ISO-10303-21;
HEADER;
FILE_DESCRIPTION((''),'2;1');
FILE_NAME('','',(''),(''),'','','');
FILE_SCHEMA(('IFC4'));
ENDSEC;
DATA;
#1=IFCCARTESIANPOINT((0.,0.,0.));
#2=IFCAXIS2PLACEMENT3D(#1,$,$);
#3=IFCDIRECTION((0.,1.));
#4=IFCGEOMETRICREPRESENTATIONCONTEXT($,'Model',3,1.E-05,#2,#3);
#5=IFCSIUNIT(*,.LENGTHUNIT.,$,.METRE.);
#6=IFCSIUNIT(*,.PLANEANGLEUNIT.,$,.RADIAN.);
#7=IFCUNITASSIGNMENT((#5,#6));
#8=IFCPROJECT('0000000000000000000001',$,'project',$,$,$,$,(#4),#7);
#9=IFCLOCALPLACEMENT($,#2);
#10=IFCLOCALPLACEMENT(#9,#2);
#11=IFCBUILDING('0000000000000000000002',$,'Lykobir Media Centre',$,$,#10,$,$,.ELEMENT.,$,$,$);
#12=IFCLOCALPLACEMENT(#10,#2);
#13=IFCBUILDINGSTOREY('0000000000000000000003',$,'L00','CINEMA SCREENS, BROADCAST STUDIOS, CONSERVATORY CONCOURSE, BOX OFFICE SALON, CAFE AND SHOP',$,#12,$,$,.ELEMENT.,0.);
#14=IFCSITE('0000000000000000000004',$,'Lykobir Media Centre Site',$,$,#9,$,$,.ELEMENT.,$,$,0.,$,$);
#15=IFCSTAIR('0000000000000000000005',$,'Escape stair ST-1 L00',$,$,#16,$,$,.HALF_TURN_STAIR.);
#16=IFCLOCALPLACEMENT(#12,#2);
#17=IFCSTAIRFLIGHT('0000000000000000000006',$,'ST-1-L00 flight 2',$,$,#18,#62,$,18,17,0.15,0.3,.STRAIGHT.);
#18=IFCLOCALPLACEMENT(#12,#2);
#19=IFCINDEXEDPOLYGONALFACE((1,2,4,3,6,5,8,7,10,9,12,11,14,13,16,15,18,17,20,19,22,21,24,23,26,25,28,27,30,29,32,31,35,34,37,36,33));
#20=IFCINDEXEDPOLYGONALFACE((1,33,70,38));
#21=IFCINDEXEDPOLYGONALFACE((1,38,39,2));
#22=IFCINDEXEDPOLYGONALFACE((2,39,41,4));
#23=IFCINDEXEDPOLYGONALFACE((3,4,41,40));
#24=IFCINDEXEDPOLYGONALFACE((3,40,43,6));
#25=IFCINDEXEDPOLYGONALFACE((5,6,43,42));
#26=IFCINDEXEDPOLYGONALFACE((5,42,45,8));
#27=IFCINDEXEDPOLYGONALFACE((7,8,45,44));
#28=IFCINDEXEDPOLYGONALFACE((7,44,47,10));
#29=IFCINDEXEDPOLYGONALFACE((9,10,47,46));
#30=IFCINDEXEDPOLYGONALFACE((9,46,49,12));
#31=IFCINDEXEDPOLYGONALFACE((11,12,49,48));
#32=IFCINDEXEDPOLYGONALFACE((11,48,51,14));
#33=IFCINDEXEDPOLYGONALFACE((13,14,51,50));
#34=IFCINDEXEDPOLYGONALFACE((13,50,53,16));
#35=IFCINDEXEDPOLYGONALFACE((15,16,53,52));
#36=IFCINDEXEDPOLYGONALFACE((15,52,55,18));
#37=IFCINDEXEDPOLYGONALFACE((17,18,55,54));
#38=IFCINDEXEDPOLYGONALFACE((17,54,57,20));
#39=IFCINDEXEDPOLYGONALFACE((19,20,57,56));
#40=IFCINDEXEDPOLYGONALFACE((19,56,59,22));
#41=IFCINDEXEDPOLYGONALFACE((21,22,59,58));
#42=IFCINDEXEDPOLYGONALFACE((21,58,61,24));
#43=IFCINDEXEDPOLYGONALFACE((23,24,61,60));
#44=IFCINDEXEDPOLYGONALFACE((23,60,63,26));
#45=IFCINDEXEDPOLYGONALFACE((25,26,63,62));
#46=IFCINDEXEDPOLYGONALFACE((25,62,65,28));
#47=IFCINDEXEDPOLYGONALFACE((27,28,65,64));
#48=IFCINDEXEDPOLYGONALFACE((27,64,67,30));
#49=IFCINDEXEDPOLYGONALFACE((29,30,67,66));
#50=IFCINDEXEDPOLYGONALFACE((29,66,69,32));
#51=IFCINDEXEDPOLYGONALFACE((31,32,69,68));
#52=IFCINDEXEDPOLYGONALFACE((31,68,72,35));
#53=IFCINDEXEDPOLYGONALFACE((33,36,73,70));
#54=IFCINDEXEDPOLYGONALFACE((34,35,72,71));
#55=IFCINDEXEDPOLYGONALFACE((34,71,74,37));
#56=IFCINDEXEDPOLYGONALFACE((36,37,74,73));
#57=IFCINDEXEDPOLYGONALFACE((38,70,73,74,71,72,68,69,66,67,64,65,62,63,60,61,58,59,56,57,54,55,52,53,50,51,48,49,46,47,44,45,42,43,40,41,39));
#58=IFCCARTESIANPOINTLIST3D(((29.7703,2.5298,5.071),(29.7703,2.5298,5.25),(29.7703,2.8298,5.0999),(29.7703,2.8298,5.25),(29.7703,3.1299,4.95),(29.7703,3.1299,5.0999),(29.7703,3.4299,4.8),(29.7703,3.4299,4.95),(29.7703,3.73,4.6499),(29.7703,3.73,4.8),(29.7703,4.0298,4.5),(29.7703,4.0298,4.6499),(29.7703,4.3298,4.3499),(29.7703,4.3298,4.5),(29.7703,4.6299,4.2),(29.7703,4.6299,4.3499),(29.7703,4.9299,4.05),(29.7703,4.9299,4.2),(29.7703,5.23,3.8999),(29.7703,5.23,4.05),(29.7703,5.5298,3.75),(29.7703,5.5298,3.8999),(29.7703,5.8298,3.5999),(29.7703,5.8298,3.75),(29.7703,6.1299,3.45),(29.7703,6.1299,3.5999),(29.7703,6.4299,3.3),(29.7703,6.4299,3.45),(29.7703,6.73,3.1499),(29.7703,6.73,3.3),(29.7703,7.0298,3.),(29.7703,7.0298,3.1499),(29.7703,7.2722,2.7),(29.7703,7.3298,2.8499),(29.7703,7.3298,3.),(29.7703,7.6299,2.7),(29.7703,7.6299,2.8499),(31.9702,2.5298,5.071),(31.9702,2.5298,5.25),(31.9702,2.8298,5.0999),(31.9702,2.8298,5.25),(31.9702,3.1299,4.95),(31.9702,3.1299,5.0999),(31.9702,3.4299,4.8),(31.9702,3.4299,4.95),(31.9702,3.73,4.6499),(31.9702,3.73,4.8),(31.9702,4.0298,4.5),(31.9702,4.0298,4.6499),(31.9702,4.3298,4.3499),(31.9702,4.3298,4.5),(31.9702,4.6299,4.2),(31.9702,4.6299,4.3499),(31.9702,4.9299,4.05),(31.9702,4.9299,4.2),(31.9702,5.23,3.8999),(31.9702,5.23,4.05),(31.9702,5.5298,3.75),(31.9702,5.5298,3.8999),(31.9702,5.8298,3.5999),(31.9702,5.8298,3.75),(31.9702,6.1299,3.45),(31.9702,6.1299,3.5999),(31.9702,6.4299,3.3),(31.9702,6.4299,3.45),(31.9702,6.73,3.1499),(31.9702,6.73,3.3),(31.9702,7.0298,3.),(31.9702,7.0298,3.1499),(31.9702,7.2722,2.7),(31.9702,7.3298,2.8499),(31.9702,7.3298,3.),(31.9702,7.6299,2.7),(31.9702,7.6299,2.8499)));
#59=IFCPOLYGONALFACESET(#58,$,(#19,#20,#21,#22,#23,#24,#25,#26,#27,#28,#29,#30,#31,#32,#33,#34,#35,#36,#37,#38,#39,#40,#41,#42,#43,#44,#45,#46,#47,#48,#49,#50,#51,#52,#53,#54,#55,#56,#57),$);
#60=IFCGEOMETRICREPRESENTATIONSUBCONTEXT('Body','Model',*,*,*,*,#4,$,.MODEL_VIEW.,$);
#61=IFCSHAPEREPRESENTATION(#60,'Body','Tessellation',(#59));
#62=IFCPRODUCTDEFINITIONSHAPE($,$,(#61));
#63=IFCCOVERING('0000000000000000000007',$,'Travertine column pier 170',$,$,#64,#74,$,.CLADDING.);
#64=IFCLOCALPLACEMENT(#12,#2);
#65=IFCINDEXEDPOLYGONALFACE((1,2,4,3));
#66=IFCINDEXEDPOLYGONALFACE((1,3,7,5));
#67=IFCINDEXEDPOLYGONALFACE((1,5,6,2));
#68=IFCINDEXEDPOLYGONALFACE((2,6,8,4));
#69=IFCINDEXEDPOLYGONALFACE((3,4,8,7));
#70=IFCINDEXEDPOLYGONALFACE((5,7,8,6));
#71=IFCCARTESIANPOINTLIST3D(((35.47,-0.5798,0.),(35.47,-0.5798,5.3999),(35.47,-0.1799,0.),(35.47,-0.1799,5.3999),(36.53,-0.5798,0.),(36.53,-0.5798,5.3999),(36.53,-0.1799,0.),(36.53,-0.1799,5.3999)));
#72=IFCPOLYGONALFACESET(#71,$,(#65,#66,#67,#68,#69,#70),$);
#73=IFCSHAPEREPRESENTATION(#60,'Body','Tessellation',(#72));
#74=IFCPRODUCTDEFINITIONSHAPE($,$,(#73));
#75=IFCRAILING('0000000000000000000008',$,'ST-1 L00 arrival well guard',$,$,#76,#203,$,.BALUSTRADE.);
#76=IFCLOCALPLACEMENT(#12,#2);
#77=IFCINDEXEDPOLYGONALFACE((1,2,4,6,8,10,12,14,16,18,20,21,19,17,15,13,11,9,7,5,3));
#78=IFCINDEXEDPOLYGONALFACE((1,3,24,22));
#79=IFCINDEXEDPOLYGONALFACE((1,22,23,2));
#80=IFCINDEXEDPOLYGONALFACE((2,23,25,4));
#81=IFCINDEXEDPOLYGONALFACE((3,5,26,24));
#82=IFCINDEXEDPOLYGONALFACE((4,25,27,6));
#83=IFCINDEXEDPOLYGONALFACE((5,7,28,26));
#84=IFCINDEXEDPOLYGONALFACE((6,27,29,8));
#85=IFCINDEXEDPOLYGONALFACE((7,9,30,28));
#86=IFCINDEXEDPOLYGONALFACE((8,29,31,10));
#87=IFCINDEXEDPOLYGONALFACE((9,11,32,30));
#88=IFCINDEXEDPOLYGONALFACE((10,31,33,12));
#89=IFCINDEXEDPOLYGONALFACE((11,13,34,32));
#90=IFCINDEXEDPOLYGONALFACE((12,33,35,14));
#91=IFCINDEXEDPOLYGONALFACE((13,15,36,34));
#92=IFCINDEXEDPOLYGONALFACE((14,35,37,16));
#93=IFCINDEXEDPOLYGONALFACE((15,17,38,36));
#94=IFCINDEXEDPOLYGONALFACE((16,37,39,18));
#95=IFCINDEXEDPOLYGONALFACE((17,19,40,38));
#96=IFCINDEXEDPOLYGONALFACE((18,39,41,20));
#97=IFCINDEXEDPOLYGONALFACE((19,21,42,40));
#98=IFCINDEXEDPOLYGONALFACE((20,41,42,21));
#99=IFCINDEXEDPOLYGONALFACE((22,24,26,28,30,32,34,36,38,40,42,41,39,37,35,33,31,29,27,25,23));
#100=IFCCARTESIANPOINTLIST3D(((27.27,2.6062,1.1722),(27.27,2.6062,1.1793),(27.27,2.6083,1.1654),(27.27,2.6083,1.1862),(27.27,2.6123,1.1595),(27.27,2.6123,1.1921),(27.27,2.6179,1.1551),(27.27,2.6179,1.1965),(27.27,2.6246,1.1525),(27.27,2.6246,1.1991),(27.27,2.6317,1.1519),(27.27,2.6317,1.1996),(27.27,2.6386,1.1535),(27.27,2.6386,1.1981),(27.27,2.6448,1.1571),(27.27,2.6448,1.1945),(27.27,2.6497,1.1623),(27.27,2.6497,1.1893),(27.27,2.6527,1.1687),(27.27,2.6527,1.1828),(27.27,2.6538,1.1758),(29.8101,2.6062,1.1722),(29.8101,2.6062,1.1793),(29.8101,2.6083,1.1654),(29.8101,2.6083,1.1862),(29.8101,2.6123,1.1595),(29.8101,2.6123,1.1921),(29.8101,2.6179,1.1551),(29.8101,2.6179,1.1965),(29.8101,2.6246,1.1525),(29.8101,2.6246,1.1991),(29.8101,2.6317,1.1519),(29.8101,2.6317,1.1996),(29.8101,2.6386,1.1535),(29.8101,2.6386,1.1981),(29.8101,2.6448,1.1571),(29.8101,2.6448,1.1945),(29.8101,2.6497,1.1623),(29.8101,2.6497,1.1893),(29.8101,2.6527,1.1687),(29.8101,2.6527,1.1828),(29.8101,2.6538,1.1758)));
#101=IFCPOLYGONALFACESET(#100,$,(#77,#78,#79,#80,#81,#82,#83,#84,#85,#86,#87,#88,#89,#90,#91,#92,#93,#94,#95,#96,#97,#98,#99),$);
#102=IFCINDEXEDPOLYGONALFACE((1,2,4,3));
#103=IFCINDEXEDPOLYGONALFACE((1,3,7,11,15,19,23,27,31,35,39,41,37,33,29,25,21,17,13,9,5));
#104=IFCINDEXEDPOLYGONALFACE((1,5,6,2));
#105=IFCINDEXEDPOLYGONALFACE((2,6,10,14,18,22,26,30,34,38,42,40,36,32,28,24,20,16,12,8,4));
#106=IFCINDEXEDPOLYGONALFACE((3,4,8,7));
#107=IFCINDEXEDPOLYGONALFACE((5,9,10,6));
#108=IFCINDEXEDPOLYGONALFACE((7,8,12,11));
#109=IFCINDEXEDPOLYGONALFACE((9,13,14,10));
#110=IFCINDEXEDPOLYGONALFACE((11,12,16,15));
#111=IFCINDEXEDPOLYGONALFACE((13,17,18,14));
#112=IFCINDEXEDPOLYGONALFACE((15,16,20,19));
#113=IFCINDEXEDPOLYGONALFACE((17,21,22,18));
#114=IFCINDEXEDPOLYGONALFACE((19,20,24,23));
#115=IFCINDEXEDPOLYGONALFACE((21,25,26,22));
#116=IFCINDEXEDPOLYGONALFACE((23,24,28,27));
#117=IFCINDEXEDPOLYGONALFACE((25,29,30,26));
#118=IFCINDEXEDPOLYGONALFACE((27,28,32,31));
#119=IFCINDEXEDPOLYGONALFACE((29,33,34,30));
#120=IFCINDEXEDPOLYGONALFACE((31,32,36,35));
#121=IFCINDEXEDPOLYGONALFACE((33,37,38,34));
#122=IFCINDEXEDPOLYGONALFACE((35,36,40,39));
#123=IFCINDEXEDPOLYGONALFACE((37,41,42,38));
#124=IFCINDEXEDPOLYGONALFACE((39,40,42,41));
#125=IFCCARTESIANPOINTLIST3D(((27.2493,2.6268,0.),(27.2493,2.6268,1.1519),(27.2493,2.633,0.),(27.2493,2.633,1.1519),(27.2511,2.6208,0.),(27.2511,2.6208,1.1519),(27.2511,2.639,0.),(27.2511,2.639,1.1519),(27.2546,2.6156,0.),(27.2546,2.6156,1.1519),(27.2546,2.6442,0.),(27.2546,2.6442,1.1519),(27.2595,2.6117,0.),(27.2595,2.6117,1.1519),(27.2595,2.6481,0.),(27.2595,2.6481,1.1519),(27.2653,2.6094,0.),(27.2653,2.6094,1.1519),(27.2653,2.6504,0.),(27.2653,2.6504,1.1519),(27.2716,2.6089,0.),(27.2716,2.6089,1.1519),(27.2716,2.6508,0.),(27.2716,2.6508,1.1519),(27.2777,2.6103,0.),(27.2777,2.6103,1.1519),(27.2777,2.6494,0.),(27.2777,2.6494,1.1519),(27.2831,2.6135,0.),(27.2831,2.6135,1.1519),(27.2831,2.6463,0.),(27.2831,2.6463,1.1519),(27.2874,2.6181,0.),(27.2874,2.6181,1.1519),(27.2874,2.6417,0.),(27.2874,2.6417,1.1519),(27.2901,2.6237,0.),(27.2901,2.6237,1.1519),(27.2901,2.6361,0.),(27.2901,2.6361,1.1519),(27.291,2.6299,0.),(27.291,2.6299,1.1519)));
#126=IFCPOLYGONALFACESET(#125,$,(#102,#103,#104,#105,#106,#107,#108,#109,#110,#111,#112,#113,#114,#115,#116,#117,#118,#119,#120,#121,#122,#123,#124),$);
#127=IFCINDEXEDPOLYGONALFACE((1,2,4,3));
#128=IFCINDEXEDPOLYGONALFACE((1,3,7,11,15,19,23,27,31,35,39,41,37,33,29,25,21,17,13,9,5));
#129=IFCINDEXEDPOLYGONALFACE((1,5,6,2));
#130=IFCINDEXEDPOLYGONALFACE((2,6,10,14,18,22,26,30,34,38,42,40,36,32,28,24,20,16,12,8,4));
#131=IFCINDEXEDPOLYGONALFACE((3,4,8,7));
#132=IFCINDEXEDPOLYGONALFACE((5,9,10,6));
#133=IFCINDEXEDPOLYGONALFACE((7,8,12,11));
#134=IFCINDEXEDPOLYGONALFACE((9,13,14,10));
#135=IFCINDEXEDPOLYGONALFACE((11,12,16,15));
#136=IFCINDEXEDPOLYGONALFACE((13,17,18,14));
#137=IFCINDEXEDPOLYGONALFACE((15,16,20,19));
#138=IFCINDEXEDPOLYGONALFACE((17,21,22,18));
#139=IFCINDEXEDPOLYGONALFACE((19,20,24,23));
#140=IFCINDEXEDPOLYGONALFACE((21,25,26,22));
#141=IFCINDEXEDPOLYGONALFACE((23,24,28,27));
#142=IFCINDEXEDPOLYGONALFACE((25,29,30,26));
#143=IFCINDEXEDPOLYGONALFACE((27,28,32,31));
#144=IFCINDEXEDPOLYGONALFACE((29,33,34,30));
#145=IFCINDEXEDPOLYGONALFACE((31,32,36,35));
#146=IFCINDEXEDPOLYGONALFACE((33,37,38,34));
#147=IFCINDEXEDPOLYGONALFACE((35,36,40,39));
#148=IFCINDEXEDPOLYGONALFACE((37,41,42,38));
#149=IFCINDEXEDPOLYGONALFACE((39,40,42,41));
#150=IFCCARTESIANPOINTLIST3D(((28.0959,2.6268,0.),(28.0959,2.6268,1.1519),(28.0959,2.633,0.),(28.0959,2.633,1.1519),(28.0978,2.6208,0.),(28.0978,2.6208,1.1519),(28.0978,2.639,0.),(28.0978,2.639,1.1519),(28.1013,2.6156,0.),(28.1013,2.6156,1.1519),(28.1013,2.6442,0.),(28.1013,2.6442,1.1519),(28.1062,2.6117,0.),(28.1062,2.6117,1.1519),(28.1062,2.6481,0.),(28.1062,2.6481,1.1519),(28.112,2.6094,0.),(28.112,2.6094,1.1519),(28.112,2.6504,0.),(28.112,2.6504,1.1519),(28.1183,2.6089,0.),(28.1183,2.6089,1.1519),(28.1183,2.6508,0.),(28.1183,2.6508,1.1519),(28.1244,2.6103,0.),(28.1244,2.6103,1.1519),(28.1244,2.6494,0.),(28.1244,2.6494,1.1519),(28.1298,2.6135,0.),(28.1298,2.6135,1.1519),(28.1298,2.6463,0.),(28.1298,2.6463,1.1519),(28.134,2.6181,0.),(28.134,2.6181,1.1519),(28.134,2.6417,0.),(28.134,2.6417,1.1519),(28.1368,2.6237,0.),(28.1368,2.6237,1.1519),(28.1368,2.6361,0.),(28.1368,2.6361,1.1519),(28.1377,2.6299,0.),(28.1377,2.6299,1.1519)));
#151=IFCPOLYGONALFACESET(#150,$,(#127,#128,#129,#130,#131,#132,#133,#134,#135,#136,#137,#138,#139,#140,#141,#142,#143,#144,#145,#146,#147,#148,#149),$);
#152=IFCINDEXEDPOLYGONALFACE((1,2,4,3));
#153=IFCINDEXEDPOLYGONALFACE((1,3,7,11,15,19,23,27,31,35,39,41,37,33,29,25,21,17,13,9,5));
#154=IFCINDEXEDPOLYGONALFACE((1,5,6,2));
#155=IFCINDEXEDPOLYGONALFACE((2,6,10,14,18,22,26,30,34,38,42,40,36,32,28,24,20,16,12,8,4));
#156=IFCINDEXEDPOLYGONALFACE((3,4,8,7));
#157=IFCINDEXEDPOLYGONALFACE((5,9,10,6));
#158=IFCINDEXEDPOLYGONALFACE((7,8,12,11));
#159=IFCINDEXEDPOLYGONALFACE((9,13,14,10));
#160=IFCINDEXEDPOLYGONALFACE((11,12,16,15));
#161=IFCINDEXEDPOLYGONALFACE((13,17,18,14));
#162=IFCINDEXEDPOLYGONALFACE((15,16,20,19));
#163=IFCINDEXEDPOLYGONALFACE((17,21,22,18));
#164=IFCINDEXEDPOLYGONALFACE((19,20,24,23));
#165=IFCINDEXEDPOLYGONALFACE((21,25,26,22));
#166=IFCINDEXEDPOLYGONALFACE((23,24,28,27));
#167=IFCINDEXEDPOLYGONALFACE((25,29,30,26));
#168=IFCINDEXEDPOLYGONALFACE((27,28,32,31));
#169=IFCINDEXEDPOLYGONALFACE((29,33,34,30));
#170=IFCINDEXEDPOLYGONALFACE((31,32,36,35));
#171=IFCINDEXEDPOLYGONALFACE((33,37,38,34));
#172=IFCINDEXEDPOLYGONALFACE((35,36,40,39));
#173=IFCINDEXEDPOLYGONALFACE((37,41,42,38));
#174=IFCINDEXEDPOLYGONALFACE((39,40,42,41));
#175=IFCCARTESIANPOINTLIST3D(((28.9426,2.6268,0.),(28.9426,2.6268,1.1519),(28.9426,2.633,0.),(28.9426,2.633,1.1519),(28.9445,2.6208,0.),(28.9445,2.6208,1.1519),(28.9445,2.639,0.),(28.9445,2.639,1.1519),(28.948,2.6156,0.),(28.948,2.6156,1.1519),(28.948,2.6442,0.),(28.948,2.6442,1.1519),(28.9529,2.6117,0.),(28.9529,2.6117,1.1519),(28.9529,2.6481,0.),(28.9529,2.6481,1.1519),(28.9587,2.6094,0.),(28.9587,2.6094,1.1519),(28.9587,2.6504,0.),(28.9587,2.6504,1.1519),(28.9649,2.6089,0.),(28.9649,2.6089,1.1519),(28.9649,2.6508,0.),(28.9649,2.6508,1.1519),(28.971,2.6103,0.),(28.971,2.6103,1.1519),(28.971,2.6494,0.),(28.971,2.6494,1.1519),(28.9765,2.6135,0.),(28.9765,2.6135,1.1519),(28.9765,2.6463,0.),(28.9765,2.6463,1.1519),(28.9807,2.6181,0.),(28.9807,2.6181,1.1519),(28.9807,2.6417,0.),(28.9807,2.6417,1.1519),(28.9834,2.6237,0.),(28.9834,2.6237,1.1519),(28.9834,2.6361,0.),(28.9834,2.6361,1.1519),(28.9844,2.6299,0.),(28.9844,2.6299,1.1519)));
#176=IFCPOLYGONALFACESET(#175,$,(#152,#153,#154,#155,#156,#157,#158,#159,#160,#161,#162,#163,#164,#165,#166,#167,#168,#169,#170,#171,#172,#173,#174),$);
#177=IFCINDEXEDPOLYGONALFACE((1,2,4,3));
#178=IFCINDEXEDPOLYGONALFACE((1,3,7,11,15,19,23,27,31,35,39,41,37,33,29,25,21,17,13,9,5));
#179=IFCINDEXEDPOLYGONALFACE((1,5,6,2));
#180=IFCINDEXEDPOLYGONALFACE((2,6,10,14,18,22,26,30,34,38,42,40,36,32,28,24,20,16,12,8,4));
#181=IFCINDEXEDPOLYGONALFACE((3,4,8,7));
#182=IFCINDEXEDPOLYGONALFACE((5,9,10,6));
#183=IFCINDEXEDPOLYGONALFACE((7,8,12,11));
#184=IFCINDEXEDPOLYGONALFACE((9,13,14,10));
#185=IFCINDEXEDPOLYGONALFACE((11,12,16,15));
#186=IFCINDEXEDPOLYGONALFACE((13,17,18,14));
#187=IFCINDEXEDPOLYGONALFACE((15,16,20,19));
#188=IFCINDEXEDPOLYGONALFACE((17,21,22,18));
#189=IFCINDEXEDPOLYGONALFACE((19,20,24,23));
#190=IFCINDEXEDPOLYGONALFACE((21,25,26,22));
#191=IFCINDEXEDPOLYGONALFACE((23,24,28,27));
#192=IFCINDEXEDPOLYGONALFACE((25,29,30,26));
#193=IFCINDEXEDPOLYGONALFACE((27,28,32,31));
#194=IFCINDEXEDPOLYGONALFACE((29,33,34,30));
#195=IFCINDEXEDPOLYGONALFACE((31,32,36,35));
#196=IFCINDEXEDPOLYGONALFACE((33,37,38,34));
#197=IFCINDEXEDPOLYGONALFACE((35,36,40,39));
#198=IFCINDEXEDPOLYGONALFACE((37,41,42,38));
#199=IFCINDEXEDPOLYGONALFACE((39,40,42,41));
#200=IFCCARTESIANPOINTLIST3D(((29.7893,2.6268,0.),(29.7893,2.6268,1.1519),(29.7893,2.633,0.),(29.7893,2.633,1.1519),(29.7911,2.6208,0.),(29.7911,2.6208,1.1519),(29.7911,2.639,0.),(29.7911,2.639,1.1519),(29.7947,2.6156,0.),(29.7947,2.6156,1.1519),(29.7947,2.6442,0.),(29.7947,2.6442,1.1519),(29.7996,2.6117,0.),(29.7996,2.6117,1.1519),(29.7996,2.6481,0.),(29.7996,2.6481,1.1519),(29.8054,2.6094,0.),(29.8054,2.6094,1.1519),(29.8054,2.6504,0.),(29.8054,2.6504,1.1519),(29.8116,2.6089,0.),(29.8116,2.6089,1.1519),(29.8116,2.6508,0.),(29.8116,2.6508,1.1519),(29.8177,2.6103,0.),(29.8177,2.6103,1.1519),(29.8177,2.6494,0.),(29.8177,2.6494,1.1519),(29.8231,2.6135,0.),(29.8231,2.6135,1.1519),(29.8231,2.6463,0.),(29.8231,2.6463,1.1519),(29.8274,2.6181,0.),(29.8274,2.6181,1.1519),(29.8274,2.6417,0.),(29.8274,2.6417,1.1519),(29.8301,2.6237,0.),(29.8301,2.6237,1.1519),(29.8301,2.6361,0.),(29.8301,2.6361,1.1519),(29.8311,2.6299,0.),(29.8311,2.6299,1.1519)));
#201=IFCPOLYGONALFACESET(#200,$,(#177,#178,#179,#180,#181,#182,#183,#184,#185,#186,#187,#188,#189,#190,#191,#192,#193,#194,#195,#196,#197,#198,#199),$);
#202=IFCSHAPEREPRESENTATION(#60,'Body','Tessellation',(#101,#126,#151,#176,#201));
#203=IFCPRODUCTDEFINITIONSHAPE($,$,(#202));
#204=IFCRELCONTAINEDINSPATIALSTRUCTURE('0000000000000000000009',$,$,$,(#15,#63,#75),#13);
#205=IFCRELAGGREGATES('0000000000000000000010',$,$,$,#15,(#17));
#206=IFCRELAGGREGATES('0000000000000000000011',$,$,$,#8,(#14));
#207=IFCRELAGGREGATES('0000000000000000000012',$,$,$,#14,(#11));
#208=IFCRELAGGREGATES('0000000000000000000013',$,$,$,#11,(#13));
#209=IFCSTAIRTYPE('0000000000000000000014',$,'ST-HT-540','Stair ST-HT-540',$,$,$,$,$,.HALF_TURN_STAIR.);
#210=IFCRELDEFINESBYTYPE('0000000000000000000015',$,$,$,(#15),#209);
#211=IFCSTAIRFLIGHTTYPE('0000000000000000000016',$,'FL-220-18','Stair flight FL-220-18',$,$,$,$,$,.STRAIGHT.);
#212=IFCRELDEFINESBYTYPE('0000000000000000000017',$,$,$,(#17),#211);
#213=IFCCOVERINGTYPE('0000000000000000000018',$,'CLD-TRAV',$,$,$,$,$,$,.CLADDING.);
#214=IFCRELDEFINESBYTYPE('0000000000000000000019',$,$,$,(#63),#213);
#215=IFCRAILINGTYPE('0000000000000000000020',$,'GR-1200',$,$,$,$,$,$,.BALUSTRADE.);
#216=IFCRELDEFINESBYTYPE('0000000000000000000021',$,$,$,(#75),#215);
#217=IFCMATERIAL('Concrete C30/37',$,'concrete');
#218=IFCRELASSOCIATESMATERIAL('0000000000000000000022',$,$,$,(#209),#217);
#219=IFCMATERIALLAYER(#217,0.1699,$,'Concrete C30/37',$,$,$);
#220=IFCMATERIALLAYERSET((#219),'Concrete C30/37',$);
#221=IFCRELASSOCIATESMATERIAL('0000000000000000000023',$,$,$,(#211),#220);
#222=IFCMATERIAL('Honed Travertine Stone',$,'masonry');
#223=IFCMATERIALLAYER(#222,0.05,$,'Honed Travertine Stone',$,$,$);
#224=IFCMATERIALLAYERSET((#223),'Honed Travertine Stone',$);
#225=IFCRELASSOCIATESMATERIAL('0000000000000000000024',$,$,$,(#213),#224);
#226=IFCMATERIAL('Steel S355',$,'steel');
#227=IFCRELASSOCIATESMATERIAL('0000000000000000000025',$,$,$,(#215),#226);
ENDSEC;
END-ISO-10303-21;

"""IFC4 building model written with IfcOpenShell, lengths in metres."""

from ifc_helpers import new_model, si_unit, direction, frame, origin, origin_2d, place, context, subcontext, project, spatial, polyline, rectangle, circle, outline, extrude, material, layer, layer_set, type_object, element, aggregate, save


model = new_model("IFC4")

# Units and contexts
model_context = context("Model", 3, precision=1e-05, world=origin(), true_north=direction((0.0, 1.0)))
body_context = subcontext(model_context, "Body", "Model", "MODEL_VIEW")
ifc_project = project(units=[si_unit("LENGTHUNIT", "METRE"), si_unit("PLANEANGLEUNIT", "RADIAN")], contexts=[model_context])

# Site, building, storey
site_placement = place(None, origin())
site = spatial("IfcSite", under=ifc_project, at=site_placement, Name="Lykobir Media Centre Site", CompositionType="ELEMENT", RefElevation=0.0)
building_placement = place(site_placement, origin())
building = spatial("IfcBuilding", under=site, at=building_placement, Name="Lykobir Media Centre", CompositionType="ELEMENT")
storey_placement = place(building_placement, origin())
storey = spatial("IfcBuildingStorey", under=building, at=storey_placement, Name="L00", Description="CINEMA SCREENS, BROADCAST STUDIOS, CONSERVATORY CONCOURSE, BOX OFFICE SALON, CAFE AND SHOP", CompositionType="ELEMENT", Elevation=0.0)

# Shared definitions
ifc_material_1 = material(Name="Honed Travertine Stone", Category="masonry")
ifc_material_2 = material(Name="Steel S355", Category="steel")

# Shared definitions
ifc_material_3 = material(Name="Concrete C30/37", Category="concrete")

# Stair, stair flight
stair_type = type_object("IfcStairType", Name="ST-HT-540", Description="Stair ST-HT-540", PredefinedType="HALF_TURN_STAIR", material=ifc_material_3)
stair_placement = place(storey_placement, origin())
stair = element("IfcStair", 1, at=stair_placement, inside=storey, type_object=stair_type, Name="Escape stair ST-1 L00", PredefinedType="HALF_TURN_STAIR")
ifc_layer_1 = layer(ifc_material_3, 0.1699, Name="Concrete C30/37")
ifc_layer_set_1 = layer_set([ifc_layer_1], Name="Concrete C30/37")
stair_flight_type = type_object("IfcStairFlightType", Name="FL-220-18", Description="Stair flight FL-220-18", PredefinedType="STRAIGHT", material=ifc_layer_set_1)
stair_flight_1_placement = place(storey_placement, frame((30.8701, 7.6299, 2.7), z_axis=(0.0, 0.0, 1.0), x_axis=(0.0, -1.0, 0.0)))
stair_flight_1 = element("IfcStairFlight", 2, at=stair_flight_1_placement, type_object=stair_flight_type, Name="ST-1-L00 flight 2", NumberOfRisers=18, NumberOfTreads=17, PredefinedType="STRAIGHT", RiserHeight=0.15, TreadLength=0.3, context=body_context, shape_type="SweptSolid", body=[
    extrude(outline(polyline([(0.0, 0.0), (0.0, 0.1499), (0.3, 0.1499), (0.3, 0.3), (0.6001, 0.3), (0.6001, 0.45), (0.8999, 0.45), (0.8999, 0.6001), (1.2, 0.6001), (1.2, 0.75), (1.5, 0.75), (1.5, 0.8999), (1.8, 0.8999), (1.8, 1.05), (2.1001, 1.05), (2.1001, 1.2), (2.3999, 1.2), (2.3999, 1.3501), (2.7, 1.3501), (2.7, 1.5), (3.0, 1.5), (3.0, 1.6499), (3.3, 1.6499), (3.3, 1.8), (3.6001, 1.8), (3.6001, 1.95), (3.8999, 1.95), (3.8999, 2.1001), (4.2, 2.1001), (4.2, 2.25), (4.5, 2.25), (4.5, 2.3999), (4.8, 2.3999), (4.8, 2.55), (5.1001, 2.55), (5.1001, 2.7), (5.1001, 2.3711), (0.3577, 0.0), (0.0, 0.0)])), frame((0.0, 1.1001, 0.0), z_axis=(0.0, -1.0, 0.0), x_axis=(1.0, 0.0, 0.0)), (0.0, 0.0, 1.0), 2.2),
])
aggregate(stair, [stair_flight_1])

# Covering
ifc_layer_2 = layer(ifc_material_1, 0.05, Name="Honed Travertine Stone")
ifc_layer_set_2 = layer_set([ifc_layer_2], Name="Honed Travertine Stone")
covering_type = type_object("IfcCoveringType", Name="CLD-TRAV", PredefinedType="CLADDING", material=ifc_layer_set_2)
covering_placement = place(storey_placement, frame((36.0, -0.3799, 0.0), z_axis=(0.0, 0.0, 1.0), x_axis=(1.0, 0.0, 0.0)))
element("IfcCovering", 3, at=covering_placement, inside=storey, type_object=covering_type, Name="Travertine column pier 170", PredefinedType="CLADDING", context=body_context, shape_type="SweptSolid", body=[
    extrude(rectangle(XDim=1.0601, YDim=0.3999, at=origin_2d()), origin(), (0.0, 0.0, 1.0), 5.3999),
])

# Railing
railing_type_1 = type_object("IfcRailingType", Name="GR-1200", PredefinedType="BALUSTRADE", material=ifc_material_2)
railing_1_placement = place(storey_placement, frame((27.27, 2.6299, 0.0)))
element("IfcRailing", 4, at=railing_1_placement, inside=storey, type_object=railing_type_1, Name="ST-1 L00 arrival well guard", PredefinedType="BALUSTRADE", context=body_context, shape_type="SweptSolid", body=[
    extrude(circle(Radius=0.0239, at=origin_2d()), frame((0.0, 0.0, 1.1758), z_axis=(1.0, 0.0, 0.0), x_axis=(0.0, 1.0, 0.0)), (0.0, 0.0, 1.0), 2.54),
    extrude(circle(Radius=0.021, at=origin_2d()), origin(), (0.0, 0.0, 1.0), 1.1519),
    extrude(circle(Radius=0.021, at=origin_2d()), frame((0.8467, 0.0, 0.0)), (0.0, 0.0, 1.0), 1.1519),
    extrude(circle(Radius=0.021, at=origin_2d()), frame((1.6934, 0.0, 0.0)), (0.0, 0.0, 1.0), 1.1519),
    extrude(circle(Radius=0.021, at=origin_2d()), frame((2.54, 0.0, 0.0)), (0.0, 0.0, 1.0), 1.1519),
])

save(model, "model.ifc")
